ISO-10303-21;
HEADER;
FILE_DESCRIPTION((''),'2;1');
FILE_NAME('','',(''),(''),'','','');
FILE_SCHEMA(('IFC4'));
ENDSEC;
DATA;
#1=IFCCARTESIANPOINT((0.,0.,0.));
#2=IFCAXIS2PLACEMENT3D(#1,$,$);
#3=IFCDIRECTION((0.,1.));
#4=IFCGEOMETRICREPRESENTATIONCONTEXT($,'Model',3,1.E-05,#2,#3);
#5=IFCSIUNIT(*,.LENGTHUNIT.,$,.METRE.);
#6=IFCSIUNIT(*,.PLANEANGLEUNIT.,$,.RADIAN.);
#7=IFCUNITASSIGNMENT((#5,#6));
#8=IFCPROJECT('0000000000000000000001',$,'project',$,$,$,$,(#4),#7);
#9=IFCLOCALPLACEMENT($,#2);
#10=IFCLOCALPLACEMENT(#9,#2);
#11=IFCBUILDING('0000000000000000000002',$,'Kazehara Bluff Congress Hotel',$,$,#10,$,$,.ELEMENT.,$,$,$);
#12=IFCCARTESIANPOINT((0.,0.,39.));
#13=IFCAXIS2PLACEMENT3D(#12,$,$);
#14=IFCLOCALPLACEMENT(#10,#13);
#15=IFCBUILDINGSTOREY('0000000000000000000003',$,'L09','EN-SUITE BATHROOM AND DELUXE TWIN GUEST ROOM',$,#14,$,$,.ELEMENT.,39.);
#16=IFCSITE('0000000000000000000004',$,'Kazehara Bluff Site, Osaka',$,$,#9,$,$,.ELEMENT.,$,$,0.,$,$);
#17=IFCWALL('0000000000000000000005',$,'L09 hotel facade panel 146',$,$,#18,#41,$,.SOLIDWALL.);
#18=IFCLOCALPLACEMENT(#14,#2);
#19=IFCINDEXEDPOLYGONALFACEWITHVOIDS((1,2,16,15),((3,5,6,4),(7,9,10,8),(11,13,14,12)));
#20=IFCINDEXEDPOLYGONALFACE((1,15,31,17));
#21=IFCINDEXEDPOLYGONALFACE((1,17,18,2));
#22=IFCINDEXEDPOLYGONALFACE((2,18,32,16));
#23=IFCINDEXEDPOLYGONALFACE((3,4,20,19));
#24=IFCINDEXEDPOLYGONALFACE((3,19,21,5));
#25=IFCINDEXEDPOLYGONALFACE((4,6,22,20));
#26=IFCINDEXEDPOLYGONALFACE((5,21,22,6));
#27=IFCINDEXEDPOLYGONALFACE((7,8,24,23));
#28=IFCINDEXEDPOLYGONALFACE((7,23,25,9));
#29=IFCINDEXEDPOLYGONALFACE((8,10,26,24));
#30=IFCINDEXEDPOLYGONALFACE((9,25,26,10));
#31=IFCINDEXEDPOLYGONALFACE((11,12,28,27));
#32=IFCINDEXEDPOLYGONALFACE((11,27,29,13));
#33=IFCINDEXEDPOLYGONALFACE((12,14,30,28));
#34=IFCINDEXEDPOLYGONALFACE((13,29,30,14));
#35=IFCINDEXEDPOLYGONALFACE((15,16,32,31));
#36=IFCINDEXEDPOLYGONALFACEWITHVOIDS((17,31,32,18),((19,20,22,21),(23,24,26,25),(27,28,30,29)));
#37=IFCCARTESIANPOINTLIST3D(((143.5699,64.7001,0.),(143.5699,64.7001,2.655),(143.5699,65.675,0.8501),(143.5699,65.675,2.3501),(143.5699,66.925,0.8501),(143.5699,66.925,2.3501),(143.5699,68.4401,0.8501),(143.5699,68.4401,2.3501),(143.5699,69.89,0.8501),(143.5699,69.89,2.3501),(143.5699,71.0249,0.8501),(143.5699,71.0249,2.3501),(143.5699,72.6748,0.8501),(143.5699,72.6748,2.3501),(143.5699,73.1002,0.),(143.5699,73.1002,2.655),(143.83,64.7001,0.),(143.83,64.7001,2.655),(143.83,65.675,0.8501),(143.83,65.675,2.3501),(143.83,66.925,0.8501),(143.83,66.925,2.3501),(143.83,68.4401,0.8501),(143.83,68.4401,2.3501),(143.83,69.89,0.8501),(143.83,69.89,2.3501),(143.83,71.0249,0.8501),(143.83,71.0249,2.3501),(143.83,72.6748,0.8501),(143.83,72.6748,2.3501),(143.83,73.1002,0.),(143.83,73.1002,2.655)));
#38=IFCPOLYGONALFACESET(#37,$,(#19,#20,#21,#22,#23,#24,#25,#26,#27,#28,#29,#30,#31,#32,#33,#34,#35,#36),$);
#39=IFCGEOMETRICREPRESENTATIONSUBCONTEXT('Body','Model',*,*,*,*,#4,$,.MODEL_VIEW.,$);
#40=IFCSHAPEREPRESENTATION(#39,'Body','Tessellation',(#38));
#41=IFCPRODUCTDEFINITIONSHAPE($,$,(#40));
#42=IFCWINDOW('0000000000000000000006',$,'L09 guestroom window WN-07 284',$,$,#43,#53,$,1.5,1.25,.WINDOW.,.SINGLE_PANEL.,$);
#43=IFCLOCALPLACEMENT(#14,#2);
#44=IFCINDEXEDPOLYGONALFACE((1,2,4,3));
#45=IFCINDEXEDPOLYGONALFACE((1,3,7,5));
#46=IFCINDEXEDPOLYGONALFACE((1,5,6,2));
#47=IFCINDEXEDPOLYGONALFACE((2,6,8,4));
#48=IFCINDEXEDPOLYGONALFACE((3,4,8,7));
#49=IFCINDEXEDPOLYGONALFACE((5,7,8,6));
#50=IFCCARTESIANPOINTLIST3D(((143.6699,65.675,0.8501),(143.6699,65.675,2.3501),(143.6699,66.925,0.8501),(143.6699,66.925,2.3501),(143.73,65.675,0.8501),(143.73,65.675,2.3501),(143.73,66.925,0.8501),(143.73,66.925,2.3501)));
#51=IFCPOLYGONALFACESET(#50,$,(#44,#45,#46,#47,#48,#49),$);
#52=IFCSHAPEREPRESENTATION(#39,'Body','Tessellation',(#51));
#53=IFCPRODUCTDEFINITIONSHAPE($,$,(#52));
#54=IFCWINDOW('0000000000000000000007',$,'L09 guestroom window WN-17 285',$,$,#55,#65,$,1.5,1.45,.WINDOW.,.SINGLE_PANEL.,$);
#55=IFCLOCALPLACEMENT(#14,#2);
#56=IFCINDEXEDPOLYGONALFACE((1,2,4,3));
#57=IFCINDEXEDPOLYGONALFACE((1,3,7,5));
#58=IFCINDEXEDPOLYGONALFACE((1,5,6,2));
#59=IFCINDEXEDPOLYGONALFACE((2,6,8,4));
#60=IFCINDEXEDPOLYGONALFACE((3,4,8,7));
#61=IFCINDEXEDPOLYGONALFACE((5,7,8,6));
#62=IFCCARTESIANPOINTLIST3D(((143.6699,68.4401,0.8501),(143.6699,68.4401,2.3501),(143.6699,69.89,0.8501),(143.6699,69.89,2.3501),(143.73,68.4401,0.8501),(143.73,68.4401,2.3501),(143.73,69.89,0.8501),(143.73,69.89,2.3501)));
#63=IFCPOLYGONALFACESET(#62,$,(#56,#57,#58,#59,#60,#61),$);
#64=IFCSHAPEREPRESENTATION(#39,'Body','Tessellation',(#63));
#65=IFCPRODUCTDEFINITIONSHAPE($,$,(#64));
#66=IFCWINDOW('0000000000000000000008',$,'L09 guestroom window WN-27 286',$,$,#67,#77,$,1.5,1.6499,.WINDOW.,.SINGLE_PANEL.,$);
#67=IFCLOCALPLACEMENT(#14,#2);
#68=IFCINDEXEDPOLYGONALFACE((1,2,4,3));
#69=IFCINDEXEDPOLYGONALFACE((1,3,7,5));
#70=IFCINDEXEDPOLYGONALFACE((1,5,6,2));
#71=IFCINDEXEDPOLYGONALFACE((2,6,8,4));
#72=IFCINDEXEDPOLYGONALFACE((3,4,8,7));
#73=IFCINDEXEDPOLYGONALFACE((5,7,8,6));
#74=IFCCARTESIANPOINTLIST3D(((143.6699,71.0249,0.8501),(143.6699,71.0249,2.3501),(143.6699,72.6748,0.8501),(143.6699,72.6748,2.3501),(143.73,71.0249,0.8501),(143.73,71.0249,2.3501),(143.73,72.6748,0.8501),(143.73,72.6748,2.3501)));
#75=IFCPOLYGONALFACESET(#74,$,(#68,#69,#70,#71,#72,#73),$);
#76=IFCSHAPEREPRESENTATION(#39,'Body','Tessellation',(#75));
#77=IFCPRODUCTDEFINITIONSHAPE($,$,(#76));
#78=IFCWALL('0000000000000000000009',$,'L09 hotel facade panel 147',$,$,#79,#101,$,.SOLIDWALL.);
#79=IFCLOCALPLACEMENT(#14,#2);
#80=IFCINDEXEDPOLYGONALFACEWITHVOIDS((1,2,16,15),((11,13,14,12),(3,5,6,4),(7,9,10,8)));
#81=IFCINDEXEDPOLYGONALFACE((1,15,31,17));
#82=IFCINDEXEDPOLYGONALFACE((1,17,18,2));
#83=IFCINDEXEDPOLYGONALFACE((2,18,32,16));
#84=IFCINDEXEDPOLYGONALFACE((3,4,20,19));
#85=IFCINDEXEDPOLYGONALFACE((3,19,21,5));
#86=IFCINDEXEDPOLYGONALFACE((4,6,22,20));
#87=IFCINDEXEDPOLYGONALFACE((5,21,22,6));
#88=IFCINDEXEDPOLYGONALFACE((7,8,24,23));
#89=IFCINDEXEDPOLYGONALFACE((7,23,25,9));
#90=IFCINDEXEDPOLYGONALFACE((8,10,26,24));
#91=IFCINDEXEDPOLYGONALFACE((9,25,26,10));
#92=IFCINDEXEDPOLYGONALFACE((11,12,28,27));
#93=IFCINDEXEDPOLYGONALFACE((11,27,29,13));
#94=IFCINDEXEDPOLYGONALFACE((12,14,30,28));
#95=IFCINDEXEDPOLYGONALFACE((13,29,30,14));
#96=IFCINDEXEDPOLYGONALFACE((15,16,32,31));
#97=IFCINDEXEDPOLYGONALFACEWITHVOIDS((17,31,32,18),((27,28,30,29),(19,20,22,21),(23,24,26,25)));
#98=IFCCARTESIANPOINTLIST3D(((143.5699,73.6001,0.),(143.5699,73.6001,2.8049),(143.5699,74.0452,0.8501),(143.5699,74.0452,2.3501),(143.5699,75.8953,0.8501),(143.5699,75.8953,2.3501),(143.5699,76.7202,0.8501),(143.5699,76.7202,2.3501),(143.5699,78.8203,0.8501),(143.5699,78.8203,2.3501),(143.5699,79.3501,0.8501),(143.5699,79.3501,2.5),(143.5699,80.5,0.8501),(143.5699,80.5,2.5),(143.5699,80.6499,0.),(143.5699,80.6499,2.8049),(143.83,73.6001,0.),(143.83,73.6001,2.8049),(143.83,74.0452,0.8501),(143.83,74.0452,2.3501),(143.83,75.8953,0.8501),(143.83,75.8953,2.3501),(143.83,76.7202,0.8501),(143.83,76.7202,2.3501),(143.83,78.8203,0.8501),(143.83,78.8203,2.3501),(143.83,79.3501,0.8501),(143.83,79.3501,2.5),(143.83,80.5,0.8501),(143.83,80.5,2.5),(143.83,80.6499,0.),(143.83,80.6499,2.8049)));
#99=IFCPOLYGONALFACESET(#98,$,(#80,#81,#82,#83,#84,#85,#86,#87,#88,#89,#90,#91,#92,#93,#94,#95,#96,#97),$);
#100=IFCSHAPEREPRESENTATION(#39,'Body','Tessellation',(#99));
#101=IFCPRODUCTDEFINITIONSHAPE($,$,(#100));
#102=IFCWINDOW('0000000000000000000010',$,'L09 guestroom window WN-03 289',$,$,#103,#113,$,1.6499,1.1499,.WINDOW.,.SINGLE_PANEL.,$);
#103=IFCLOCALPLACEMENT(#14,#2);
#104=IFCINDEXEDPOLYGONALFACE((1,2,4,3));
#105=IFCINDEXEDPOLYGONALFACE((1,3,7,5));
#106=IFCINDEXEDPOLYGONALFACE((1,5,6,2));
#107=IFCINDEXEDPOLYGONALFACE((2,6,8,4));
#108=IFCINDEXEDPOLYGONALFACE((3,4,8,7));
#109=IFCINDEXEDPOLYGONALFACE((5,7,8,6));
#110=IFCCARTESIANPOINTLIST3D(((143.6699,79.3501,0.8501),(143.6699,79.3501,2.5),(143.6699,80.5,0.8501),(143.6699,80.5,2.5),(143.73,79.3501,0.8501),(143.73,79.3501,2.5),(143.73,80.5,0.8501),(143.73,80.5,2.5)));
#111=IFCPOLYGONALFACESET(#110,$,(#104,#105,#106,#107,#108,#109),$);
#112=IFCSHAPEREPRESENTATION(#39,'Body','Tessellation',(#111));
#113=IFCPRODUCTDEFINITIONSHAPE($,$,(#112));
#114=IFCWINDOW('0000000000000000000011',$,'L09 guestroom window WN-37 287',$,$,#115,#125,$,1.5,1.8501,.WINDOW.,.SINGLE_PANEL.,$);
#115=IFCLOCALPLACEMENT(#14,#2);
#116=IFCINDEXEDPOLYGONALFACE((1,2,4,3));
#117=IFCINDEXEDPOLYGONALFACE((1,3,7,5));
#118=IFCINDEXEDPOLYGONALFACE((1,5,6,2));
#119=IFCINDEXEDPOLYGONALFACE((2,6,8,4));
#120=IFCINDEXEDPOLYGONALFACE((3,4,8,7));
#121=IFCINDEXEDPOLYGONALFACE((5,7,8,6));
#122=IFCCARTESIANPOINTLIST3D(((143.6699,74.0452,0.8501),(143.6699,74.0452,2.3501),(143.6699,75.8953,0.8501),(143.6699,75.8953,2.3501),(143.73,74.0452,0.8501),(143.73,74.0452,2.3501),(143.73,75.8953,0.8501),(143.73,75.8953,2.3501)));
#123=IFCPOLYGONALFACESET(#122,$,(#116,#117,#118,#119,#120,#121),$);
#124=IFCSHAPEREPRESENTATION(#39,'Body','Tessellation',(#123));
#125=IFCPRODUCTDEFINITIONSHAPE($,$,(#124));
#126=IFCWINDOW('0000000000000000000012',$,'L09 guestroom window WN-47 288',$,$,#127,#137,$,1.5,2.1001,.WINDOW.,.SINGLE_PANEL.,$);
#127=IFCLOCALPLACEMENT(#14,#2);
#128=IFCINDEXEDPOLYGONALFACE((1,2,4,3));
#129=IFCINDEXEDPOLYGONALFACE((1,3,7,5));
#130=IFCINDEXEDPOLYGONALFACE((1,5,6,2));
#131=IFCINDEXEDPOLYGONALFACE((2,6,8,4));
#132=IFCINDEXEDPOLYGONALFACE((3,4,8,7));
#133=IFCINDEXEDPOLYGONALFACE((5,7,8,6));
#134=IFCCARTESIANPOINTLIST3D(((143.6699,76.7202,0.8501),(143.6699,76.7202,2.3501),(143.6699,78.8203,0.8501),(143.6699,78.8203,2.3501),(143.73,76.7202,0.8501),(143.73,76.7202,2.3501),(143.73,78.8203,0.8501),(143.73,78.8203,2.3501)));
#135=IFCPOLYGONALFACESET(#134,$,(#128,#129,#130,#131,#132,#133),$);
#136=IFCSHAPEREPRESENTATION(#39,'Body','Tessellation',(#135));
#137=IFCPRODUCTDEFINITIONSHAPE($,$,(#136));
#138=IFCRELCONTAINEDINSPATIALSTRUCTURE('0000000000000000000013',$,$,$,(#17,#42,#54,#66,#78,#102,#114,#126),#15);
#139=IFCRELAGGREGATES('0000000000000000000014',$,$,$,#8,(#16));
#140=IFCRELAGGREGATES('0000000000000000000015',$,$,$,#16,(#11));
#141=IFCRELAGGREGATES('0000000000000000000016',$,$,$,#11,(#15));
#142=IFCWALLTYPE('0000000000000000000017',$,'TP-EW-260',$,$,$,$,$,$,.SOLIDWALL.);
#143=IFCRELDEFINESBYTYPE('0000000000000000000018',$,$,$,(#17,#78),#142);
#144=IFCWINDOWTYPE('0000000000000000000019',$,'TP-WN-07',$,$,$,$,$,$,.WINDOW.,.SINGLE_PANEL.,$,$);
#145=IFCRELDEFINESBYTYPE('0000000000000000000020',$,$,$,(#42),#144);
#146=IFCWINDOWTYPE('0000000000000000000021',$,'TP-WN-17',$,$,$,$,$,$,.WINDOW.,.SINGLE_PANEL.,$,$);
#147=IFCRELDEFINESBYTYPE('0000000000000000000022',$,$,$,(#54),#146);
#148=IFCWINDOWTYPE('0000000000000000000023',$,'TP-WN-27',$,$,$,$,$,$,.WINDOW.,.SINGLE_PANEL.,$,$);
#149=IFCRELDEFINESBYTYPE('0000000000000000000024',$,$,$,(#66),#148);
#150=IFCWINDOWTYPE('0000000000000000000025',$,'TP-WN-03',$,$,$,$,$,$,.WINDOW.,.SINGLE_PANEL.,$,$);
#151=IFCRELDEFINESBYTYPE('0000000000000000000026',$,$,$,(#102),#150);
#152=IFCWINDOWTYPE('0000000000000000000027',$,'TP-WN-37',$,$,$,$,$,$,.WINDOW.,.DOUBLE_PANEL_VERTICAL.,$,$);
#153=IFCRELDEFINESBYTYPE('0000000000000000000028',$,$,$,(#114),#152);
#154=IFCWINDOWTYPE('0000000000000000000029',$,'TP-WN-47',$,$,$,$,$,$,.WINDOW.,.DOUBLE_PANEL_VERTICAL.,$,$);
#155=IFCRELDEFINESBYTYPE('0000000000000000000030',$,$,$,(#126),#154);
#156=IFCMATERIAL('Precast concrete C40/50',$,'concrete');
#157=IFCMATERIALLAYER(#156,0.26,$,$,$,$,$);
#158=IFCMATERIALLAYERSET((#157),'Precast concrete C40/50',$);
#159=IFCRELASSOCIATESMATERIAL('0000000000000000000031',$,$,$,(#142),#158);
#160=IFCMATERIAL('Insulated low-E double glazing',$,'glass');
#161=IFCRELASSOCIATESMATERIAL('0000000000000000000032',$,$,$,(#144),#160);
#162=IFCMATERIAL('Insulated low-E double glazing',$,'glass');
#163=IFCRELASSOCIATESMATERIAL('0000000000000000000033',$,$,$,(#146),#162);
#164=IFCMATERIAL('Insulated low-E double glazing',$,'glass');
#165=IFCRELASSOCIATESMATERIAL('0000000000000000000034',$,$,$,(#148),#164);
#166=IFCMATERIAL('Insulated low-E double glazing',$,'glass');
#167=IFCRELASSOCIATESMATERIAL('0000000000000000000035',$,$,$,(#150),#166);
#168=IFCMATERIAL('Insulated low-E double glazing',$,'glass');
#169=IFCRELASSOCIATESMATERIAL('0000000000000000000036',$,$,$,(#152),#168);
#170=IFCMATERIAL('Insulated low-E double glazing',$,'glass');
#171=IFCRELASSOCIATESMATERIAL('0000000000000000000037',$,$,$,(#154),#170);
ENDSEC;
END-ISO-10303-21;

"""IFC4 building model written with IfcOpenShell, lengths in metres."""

from ifc_helpers import new_model, si_unit, direction, frame, frame_2d, origin, place, context, subcontext, project, spatial, rectangle, extrude, material, layer, layer_set, type_object, element, fill, save


model = new_model("IFC4")

# Units and contexts
model_context = context("Model", 3, precision=1e-05, world=origin(), true_north=direction((0.0, 1.0)))
body_context = subcontext(model_context, "Body", "Model", "MODEL_VIEW")
ifc_project = project(units=[si_unit("LENGTHUNIT", "METRE"), si_unit("PLANEANGLEUNIT", "RADIAN")], contexts=[model_context])

# Site, building, storey
site_placement = place(None, origin())
site = spatial("IfcSite", under=ifc_project, at=site_placement, Name="Kazehara Bluff Site, Osaka", CompositionType="ELEMENT", RefElevation=0.0)
building_placement = place(site_placement, origin())
building = spatial("IfcBuilding", under=site, at=building_placement, Name="Kazehara Bluff Congress Hotel", CompositionType="ELEMENT")
storey_placement = place(building_placement, frame((0.0, 0.0, 39.0)))
storey = spatial("IfcBuildingStorey", under=building, at=storey_placement, Name="L09", Description="EN-SUITE BATHROOM AND DELUXE TWIN GUEST ROOM", CompositionType="ELEMENT", Elevation=39.0)

# Shared definitions
ifc_material_1 = material(Name="Precast concrete C40/50", Category="concrete")
ifc_layer = layer(ifc_material_1, 0.26)
ifc_layer_set = layer_set([ifc_layer], Name="Precast concrete C40/50")
wall_type = type_object("IfcWallType", Name="TP-EW-260", PredefinedType="SOLIDWALL", material=ifc_layer_set)

# Walls, openings, windows
wall_1_placement = place(storey_placement, frame((143.7, 64.7, 0.0), z_axis=(0.0, 0.0, 1.0), x_axis=(0.0, 1.0, 0.0)))
wall_1 = element("IfcWall", 1, at=wall_1_placement, inside=storey, type_object=wall_type, Name="L09 hotel facade panel 146", PredefinedType="SOLIDWALL", context=body_context, shape_type="SweptSolid", body=[
    extrude(rectangle(XDim=8.4001, YDim=0.26, at=frame_2d((4.2002, 0.0))), origin(), (0.0, 0.0, 1.0), 2.655),
])
opening_1_placement = place(wall_1_placement, frame((0.9751, 0.0, 0.8501)))
opening_1 = element("IfcOpeningElement", 2, at=opening_1_placement, cuts=wall_1, PredefinedType="OPENING", context=body_context, shape_type="SweptSolid", body=[
    extrude(rectangle(XDim=1.25, YDim=1.5, at=frame_2d((0.625, 0.75))), frame((0.0, 0.1399, 0.0), z_axis=(0.0, -1.0, 0.0), x_axis=(1.0, 0.0, 0.0)), (0.0, 0.0, 1.0), 0.28),
])
opening_2_placement = place(wall_1_placement, frame((3.74, 0.0, 0.8501)))
opening_2 = element("IfcOpeningElement", 3, at=opening_2_placement, cuts=wall_1, PredefinedType="OPENING", context=body_context, shape_type="SweptSolid", body=[
    extrude(rectangle(XDim=1.45, YDim=1.5, at=frame_2d((0.7251, 0.75))), frame((0.0, 0.1399, 0.0), z_axis=(0.0, -1.0, 0.0), x_axis=(1.0, 0.0, 0.0)), (0.0, 0.0, 1.0), 0.28),
])
opening_3_placement = place(wall_1_placement, frame((6.325, 0.0, 0.8501)))
opening_3 = element("IfcOpeningElement", 4, at=opening_3_placement, cuts=wall_1, PredefinedType="OPENING", context=body_context, shape_type="SweptSolid", body=[
    extrude(rectangle(XDim=1.6499, YDim=1.5, at=frame_2d((0.825, 0.75))), frame((0.0, 0.1399, 0.0), z_axis=(0.0, -1.0, 0.0), x_axis=(1.0, 0.0, 0.0)), (0.0, 0.0, 1.0), 0.28),
])
ifc_material_2 = material(Name="Insulated low-E double glazing", Category="glass")
window_type_1 = type_object("IfcWindowType", Name="TP-WN-07", PartitioningType="SINGLE_PANEL", PredefinedType="WINDOW", material=ifc_material_2)
window_1_placement = place(opening_1_placement, origin())
window_1 = element("IfcWindow", 5, at=window_1_placement, inside=storey, type_object=window_type_1, Name="L09 guestroom window WN-07 284", OverallHeight=1.5, OverallWidth=1.25, PartitioningType="SINGLE_PANEL", PredefinedType="WINDOW", context=body_context, shape_type="SweptSolid", body=[
    extrude(rectangle(XDim=1.25, YDim=1.5, at=frame_2d((0.625, 0.75))), frame((0.0, 0.03, 0.0), z_axis=(0.0, -1.0, 0.0), x_axis=(1.0, 0.0, 0.0)), (0.0, 0.0, 1.0), 0.0601),
])
fill(opening_1, window_1)
ifc_material_3 = material(Name="Insulated low-E double glazing", Category="glass")
window_type_2 = type_object("IfcWindowType", Name="TP-WN-17", PartitioningType="SINGLE_PANEL", PredefinedType="WINDOW", material=ifc_material_3)
window_2_placement = place(opening_2_placement, origin())
window_2 = element("IfcWindow", 6, at=window_2_placement, inside=storey, type_object=window_type_2, Name="L09 guestroom window WN-17 285", OverallHeight=1.5, OverallWidth=1.45, PartitioningType="SINGLE_PANEL", PredefinedType="WINDOW", context=body_context, shape_type="SweptSolid", body=[
    extrude(rectangle(XDim=1.45, YDim=1.5, at=frame_2d((0.7251, 0.75))), frame((0.0, 0.03, 0.0), z_axis=(0.0, -1.0, 0.0), x_axis=(1.0, 0.0, 0.0)), (0.0, 0.0, 1.0), 0.0601),
])
fill(opening_2, window_2)
ifc_material_4 = material(Name="Insulated low-E double glazing", Category="glass")
window_type_3 = type_object("IfcWindowType", Name="TP-WN-27", PartitioningType="SINGLE_PANEL", PredefinedType="WINDOW", material=ifc_material_4)
window_3_placement = place(opening_3_placement, origin())
window_3 = element("IfcWindow", 7, at=window_3_placement, inside=storey, type_object=window_type_3, Name="L09 guestroom window WN-27 286", OverallHeight=1.5, OverallWidth=1.6499, PartitioningType="SINGLE_PANEL", PredefinedType="WINDOW", context=body_context, shape_type="SweptSolid", body=[
    extrude(rectangle(XDim=1.6499, YDim=1.5, at=frame_2d((0.825, 0.75))), frame((0.0, 0.03, 0.0), z_axis=(0.0, -1.0, 0.0), x_axis=(1.0, 0.0, 0.0)), (0.0, 0.0, 1.0), 0.0601),
])
fill(opening_3, window_3)
wall_2_placement = place(storey_placement, frame((143.7, 73.6001, 0.0), z_axis=(0.0, 0.0, 1.0), x_axis=(0.0, 1.0, 0.0)))
wall_2 = element("IfcWall", 8, at=wall_2_placement, inside=storey, type_object=wall_type, Name="L09 hotel facade panel 147", PredefinedType="SOLIDWALL", context=body_context, shape_type="SweptSolid", body=[
    extrude(rectangle(XDim=7.0498, YDim=0.26, at=frame_2d((3.5249, 0.0))), origin(), (0.0, 0.0, 1.0), 2.8049),
])
opening_4_placement = place(wall_2_placement, frame((0.4451, 0.0, 0.8501)))
opening_4 = element("IfcOpeningElement", 9, at=opening_4_placement, cuts=wall_2, PredefinedType="OPENING", context=body_context, shape_type="SweptSolid", body=[
    extrude(rectangle(XDim=1.8501, YDim=1.5, at=frame_2d((0.925, 0.75))), frame((0.0, 0.1399, 0.0), z_axis=(0.0, -1.0, 0.0), x_axis=(1.0, 0.0, 0.0)), (0.0, 0.0, 1.0), 0.28),
])
opening_5_placement = place(wall_2_placement, frame((3.1201, 0.0, 0.8501)))
opening_5 = element("IfcOpeningElement", 10, at=opening_5_placement, cuts=wall_2, PredefinedType="OPENING", context=body_context, shape_type="SweptSolid", body=[
    extrude(rectangle(XDim=2.1001, YDim=1.5, at=frame_2d((1.05, 0.75))), frame((0.0, 0.1399, 0.0), z_axis=(0.0, -1.0, 0.0), x_axis=(1.0, 0.0, 0.0)), (0.0, 0.0, 1.0), 0.28),
])
opening_6_placement = place(wall_2_placement, frame((5.75, 0.0, 0.8501)))
opening_6 = element("IfcOpeningElement", 11, at=opening_6_placement, cuts=wall_2, PredefinedType="OPENING", context=body_context, shape_type="SweptSolid", body=[
    extrude(rectangle(XDim=1.1499, YDim=1.6499, at=frame_2d((0.575, 0.825))), frame((0.0, 0.1399, 0.0), z_axis=(0.0, -1.0, 0.0), x_axis=(1.0, 0.0, 0.0)), (0.0, 0.0, 1.0), 0.28),
])
ifc_material_5 = material(Name="Insulated low-E double glazing", Category="glass")
window_type_4 = type_object("IfcWindowType", Name="TP-WN-03", PartitioningType="SINGLE_PANEL", PredefinedType="WINDOW", material=ifc_material_5)
window_4_placement = place(opening_6_placement, origin())
window_4 = element("IfcWindow", 12, at=window_4_placement, inside=storey, type_object=window_type_4, Name="L09 guestroom window WN-03 289", OverallHeight=1.6499, OverallWidth=1.1499, PartitioningType="SINGLE_PANEL", PredefinedType="WINDOW", context=body_context, shape_type="SweptSolid", body=[
    extrude(rectangle(XDim=1.1499, YDim=1.6499, at=frame_2d((0.575, 0.825))), frame((0.0, 0.03, 0.0), z_axis=(0.0, -1.0, 0.0), x_axis=(1.0, 0.0, 0.0)), (0.0, 0.0, 1.0), 0.0601),
])
fill(opening_6, window_4)
ifc_material_6 = material(Name="Insulated low-E double glazing", Category="glass")
window_type_5 = type_object("IfcWindowType", Name="TP-WN-37", PartitioningType="DOUBLE_PANEL_VERTICAL", PredefinedType="WINDOW", material=ifc_material_6)
window_5_placement = place(opening_4_placement, origin())
window_5 = element("IfcWindow", 13, at=window_5_placement, inside=storey, type_object=window_type_5, Name="L09 guestroom window WN-37 287", OverallHeight=1.5, OverallWidth=1.8501, PartitioningType="SINGLE_PANEL", PredefinedType="WINDOW", context=body_context, shape_type="SweptSolid", body=[
    extrude(rectangle(XDim=1.8501, YDim=1.5, at=frame_2d((0.925, 0.75))), frame((0.0, 0.03, 0.0), z_axis=(0.0, -1.0, 0.0), x_axis=(1.0, 0.0, 0.0)), (0.0, 0.0, 1.0), 0.0601),
])
fill(opening_4, window_5)
ifc_material_7 = material(Name="Insulated low-E double glazing", Category="glass")
window_type_6 = type_object("IfcWindowType", Name="TP-WN-47", PartitioningType="DOUBLE_PANEL_VERTICAL", PredefinedType="WINDOW", material=ifc_material_7)
window_6_placement = place(opening_5_placement, origin())
window_6 = element("IfcWindow", 14, at=window_6_placement, inside=storey, type_object=window_type_6, Name="L09 guestroom window WN-47 288", OverallHeight=1.5, OverallWidth=2.1001, PartitioningType="SINGLE_PANEL", PredefinedType="WINDOW", context=body_context, shape_type="SweptSolid", body=[
    extrude(rectangle(XDim=2.1001, YDim=1.5, at=frame_2d((1.05, 0.75))), frame((0.0, 0.03, 0.0), z_axis=(0.0, -1.0, 0.0), x_axis=(1.0, 0.0, 0.0)), (0.0, 0.0, 1.0), 0.0601),
])
fill(opening_5, window_6)

save(model, "model.ifc")
